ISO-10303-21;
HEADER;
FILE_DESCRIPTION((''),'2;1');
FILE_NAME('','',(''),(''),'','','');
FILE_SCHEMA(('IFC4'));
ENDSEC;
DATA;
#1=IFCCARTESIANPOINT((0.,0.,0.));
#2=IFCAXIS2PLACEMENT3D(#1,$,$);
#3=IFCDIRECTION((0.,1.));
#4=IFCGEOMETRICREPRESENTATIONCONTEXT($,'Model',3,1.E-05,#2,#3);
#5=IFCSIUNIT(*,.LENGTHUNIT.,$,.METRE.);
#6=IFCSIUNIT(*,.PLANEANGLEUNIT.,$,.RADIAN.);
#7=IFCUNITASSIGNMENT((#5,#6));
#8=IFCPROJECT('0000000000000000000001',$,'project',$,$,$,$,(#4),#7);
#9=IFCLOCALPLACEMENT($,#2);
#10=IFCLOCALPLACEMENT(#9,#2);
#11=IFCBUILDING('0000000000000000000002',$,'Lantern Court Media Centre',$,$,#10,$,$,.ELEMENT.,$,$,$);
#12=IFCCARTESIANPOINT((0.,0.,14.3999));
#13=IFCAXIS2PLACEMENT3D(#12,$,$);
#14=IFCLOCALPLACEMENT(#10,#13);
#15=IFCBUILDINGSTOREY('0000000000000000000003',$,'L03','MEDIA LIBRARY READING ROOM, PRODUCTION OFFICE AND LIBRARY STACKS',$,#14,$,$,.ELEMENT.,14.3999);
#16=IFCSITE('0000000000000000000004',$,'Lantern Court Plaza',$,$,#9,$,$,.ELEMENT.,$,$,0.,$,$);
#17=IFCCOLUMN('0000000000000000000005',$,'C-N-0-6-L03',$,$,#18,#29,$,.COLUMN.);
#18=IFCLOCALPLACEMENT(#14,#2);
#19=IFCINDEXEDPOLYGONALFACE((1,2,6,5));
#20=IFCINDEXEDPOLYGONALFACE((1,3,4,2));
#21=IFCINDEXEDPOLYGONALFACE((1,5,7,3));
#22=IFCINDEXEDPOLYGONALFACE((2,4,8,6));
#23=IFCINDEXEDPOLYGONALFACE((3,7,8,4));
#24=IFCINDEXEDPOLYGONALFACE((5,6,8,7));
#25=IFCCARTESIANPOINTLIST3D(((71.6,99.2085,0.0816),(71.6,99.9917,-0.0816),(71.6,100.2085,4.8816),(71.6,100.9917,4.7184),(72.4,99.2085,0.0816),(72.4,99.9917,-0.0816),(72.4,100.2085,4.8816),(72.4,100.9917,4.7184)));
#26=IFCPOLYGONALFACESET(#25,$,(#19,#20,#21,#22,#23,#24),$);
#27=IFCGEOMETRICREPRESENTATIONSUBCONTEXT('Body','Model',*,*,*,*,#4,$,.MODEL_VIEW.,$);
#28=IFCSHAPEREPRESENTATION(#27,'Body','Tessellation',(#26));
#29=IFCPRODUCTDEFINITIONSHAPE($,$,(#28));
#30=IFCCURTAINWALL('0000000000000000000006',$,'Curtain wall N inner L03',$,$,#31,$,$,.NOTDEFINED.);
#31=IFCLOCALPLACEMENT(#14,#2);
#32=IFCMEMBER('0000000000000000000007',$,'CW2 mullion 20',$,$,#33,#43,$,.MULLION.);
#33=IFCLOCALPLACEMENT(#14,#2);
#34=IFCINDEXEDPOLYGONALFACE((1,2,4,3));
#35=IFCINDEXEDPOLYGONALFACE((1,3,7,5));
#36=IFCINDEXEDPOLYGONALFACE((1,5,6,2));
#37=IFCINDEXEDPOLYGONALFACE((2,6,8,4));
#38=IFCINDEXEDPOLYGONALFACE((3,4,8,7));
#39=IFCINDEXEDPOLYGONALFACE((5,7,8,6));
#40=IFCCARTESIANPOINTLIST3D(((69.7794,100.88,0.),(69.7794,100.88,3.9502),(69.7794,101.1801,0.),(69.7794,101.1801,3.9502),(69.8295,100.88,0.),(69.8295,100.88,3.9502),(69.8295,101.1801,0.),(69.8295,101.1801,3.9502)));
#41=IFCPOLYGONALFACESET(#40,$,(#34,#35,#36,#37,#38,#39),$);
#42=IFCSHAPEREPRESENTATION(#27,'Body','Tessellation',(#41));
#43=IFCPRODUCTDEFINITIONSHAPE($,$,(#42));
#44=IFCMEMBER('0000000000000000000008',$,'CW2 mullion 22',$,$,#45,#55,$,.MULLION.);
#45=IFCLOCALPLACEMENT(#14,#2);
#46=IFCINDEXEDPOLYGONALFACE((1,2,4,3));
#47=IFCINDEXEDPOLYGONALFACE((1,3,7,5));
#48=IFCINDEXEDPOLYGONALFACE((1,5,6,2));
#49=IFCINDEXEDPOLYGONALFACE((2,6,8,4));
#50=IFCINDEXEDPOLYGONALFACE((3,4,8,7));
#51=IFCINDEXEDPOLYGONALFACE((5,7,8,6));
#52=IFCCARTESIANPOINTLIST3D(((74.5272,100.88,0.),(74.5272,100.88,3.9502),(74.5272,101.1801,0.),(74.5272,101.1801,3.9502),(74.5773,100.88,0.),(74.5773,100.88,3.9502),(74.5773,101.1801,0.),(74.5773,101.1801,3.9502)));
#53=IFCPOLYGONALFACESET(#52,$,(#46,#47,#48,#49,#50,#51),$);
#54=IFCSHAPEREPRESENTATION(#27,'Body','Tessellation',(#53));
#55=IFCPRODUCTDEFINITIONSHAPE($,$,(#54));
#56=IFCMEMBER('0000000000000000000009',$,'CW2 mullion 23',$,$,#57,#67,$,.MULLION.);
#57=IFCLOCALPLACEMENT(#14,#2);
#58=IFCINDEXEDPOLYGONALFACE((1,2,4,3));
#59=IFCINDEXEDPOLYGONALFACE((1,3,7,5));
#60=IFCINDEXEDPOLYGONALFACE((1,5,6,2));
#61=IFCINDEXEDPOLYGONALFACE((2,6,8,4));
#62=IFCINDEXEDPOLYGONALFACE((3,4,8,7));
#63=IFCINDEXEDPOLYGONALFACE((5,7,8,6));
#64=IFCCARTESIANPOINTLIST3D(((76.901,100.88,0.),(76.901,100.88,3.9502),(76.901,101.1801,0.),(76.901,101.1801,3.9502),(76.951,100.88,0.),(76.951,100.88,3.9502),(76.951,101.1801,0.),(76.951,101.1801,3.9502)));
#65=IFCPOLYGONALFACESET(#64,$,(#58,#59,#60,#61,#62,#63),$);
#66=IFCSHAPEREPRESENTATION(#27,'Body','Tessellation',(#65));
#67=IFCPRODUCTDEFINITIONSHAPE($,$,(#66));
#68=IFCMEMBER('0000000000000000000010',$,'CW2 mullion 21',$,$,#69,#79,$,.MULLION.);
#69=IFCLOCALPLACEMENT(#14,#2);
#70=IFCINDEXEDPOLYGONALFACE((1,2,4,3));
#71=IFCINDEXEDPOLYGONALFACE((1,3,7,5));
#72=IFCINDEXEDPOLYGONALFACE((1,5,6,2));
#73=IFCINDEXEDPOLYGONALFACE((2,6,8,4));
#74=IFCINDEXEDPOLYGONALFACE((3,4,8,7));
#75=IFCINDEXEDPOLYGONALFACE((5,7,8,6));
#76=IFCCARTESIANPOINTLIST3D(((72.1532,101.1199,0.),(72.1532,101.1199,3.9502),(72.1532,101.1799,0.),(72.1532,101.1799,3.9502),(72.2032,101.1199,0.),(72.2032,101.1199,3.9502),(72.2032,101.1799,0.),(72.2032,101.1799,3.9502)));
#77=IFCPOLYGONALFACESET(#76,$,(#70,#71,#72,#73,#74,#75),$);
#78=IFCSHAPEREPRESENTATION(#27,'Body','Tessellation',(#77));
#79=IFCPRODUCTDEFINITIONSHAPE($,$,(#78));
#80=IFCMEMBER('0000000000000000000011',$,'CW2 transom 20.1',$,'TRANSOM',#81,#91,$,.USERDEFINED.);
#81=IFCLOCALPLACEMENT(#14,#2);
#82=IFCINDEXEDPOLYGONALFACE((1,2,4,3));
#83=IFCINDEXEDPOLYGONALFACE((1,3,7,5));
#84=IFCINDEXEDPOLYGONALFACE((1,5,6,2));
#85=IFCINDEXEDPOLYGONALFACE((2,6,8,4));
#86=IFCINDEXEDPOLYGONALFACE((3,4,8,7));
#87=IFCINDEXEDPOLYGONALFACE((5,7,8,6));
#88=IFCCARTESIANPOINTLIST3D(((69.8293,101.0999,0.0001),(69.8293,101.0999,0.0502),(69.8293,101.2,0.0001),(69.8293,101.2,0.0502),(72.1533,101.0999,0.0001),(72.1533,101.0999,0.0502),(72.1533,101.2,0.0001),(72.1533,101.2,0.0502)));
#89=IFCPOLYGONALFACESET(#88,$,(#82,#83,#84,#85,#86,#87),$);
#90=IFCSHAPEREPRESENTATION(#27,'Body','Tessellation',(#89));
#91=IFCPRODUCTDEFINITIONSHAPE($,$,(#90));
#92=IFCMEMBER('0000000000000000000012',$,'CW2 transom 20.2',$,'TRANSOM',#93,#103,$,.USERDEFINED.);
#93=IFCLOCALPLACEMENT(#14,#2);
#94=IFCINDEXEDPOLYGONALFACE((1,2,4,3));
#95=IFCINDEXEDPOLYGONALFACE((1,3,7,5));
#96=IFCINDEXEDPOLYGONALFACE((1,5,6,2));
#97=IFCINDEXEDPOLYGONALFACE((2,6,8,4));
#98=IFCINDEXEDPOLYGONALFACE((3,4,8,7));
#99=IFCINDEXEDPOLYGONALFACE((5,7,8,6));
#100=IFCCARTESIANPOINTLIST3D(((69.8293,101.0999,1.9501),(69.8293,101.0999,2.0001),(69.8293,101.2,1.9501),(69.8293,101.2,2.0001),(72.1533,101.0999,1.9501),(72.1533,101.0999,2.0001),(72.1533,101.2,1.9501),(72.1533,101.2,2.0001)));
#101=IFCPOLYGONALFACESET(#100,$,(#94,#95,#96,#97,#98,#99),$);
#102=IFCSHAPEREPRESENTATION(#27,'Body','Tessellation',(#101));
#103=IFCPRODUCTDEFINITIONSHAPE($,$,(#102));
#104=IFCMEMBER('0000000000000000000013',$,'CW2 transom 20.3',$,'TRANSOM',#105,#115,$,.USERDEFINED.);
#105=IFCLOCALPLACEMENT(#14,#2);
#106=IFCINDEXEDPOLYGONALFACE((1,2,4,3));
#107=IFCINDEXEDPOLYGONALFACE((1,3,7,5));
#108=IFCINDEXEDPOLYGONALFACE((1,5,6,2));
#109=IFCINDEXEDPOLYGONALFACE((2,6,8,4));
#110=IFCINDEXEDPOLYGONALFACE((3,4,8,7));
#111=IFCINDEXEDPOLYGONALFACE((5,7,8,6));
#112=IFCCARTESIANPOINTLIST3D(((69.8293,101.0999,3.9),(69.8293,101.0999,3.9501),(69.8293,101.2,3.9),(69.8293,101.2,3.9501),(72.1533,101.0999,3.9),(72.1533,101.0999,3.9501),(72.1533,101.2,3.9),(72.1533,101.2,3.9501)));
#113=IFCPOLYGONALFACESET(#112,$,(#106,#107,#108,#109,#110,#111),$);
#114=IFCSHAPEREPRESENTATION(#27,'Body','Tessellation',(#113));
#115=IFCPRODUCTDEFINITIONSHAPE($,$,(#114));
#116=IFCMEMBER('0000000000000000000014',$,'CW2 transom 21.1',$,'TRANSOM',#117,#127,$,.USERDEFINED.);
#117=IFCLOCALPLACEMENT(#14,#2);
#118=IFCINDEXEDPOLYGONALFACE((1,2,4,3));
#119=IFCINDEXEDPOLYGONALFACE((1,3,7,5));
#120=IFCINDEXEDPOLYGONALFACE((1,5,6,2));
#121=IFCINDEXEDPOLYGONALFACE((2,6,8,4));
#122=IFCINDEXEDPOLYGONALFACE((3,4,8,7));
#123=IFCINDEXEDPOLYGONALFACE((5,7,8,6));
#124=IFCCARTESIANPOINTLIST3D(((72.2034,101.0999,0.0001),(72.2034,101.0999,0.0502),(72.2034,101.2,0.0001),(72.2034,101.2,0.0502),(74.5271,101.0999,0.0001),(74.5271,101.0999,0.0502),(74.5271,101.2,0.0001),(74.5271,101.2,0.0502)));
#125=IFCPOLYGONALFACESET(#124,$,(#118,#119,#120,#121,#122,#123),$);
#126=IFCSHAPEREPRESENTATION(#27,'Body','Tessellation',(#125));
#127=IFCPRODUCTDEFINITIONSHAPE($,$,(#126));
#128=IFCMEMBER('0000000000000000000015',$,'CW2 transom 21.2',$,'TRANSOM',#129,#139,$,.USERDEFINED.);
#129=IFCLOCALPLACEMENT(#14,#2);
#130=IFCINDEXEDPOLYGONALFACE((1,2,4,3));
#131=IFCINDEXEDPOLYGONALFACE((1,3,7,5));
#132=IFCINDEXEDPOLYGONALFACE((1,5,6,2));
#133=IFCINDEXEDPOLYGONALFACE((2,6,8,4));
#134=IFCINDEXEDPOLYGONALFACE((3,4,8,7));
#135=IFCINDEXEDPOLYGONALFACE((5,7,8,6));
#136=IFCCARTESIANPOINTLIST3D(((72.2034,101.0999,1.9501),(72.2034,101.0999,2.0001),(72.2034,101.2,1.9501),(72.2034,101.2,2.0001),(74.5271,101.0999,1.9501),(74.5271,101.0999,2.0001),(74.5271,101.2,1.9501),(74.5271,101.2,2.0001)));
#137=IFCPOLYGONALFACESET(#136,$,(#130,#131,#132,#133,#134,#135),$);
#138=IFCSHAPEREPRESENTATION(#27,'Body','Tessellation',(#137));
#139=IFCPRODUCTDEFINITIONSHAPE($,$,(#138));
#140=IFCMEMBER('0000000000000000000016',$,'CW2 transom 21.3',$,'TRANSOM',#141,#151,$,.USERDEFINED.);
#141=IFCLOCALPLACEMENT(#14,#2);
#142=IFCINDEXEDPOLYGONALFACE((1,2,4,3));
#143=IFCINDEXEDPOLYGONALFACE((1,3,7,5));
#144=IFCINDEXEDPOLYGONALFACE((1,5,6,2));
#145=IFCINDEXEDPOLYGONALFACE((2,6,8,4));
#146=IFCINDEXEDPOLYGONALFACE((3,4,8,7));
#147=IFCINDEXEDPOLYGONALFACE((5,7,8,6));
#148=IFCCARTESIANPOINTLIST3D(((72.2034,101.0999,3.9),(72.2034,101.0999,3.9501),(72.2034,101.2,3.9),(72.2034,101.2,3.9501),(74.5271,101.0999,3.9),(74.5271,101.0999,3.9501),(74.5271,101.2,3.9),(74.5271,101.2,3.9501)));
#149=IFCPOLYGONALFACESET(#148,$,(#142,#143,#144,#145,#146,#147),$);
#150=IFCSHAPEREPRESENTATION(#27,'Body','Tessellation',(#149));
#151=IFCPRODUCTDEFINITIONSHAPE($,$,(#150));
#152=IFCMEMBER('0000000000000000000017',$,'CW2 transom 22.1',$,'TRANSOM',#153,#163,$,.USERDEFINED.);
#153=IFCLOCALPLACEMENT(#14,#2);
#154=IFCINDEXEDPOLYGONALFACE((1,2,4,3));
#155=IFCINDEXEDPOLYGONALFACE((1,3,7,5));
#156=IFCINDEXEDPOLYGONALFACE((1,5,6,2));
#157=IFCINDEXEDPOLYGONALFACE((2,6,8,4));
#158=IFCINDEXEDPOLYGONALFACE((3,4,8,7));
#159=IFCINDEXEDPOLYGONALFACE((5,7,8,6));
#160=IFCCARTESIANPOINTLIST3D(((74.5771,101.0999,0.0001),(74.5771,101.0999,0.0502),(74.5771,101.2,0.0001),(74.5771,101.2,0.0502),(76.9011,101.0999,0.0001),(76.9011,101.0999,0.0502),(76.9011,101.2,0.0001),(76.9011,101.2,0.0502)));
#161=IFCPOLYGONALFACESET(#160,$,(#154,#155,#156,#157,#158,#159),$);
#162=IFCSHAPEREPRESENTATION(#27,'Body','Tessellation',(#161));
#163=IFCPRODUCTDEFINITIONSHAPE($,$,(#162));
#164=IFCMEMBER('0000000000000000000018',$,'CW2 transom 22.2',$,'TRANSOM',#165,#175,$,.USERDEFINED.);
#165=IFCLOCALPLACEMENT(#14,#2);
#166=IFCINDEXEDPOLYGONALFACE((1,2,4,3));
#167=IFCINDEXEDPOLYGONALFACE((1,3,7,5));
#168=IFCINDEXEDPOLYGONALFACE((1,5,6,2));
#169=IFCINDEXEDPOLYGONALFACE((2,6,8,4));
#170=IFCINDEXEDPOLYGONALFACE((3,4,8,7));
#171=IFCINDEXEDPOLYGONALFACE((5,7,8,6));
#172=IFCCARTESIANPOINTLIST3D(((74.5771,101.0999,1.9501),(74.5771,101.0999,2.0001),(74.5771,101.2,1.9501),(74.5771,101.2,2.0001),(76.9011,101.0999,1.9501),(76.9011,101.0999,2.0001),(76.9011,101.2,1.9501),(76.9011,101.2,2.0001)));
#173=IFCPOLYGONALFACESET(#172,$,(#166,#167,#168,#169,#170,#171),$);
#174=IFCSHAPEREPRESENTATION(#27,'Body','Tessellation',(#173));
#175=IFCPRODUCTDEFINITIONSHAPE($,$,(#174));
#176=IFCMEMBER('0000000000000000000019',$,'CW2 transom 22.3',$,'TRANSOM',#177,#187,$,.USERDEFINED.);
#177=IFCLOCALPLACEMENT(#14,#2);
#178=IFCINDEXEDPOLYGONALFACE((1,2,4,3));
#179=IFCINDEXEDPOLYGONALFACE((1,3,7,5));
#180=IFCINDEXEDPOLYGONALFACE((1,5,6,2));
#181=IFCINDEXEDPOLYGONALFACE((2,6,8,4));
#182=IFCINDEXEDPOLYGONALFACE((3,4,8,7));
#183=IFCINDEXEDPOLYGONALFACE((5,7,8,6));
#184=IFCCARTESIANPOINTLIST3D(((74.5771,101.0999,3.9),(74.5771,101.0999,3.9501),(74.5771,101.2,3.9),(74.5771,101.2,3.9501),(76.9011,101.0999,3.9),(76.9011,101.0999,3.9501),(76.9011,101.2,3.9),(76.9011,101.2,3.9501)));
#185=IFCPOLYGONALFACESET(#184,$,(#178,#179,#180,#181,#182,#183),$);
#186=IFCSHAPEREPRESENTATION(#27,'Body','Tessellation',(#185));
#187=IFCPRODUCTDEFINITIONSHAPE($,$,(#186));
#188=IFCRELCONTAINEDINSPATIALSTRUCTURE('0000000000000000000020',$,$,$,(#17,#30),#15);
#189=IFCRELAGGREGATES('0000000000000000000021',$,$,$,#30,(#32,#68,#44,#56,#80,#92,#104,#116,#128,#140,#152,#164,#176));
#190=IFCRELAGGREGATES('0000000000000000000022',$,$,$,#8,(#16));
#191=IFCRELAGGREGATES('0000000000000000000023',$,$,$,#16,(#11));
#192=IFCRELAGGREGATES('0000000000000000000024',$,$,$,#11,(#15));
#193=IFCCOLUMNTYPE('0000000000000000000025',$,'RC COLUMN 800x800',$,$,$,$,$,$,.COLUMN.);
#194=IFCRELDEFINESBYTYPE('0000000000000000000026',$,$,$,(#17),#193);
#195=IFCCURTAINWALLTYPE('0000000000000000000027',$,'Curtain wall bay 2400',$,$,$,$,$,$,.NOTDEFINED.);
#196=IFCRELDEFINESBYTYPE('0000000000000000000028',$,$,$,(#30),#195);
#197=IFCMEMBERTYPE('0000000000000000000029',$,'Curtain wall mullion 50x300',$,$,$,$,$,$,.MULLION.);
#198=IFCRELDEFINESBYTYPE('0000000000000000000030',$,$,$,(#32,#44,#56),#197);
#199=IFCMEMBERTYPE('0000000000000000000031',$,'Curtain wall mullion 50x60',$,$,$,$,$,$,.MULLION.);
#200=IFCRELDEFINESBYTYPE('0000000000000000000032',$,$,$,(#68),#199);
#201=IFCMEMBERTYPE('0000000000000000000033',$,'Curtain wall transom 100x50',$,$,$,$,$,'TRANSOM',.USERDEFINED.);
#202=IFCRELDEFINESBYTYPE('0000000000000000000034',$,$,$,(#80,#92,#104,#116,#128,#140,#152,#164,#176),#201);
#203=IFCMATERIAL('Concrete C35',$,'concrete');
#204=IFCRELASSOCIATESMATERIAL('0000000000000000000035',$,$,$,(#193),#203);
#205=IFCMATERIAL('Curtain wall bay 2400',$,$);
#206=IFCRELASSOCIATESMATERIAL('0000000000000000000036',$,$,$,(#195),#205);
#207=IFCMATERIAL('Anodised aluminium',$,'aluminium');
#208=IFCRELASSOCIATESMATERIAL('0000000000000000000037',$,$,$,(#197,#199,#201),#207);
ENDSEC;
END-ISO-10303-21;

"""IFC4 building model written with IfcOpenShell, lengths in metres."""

from ifc_helpers import new_model, si_unit, direction, frame, origin, origin_2d, place, context, subcontext, project, spatial, rectangle, extrude, material, material_profile, profile_set, type_object, element, aggregate, save


model = new_model("IFC4")

# Units and contexts
model_context = context("Model", 3, precision=1e-05, world=origin(), true_north=direction((0.0, 1.0)))
body_context = subcontext(model_context, "Body", "Model", "MODEL_VIEW")
ifc_project = project(units=[si_unit("LENGTHUNIT", "METRE"), si_unit("PLANEANGLEUNIT", "RADIAN")], contexts=[model_context])

# Site, building, storey
site_placement = place(None, origin())
site = spatial("IfcSite", under=ifc_project, at=site_placement, Name="Lantern Court Plaza", CompositionType="ELEMENT", RefElevation=0.0)
building_placement = place(site_placement, origin())
building = spatial("IfcBuilding", under=site, at=building_placement, Name="Lantern Court Media Centre", CompositionType="ELEMENT")
storey_placement = place(building_placement, frame((0.0, 0.0, 14.3999)))
storey = spatial("IfcBuildingStorey", under=building, at=storey_placement, Name="L03", Description="MEDIA LIBRARY READING ROOM, PRODUCTION OFFICE AND LIBRARY STACKS", CompositionType="ELEMENT", Elevation=14.3999)

# Column
ifc_material_1 = material(Name="Concrete C35", Category="concrete")
ifc_material_profile_1 = material_profile(ifc_material_1, rectangle(XDim=0.8, YDim=0.8, at=origin_2d()), Name="RC 800x800")
ifc_profile_set_1 = profile_set([ifc_material_profile_1], Name="Concrete C35")
column_type = type_object("IfcColumnType", Name="RC COLUMN 800x800", PredefinedType="COLUMN", material=ifc_profile_set_1)
column_placement = place(storey_placement, frame((72.0, 99.6001, 0.0), z_axis=(0.0, 0.203952, 0.978981), x_axis=(-1.0, 0.0, 0.0)))
element("IfcColumn", 1, at=column_placement, inside=storey, type_object=column_type, Name="C-N-0-6-L03", PredefinedType="COLUMN", context=body_context, shape_type="SweptSolid", body=[
    extrude(rectangle(XDim=0.8, YDim=0.8, at=origin_2d()), origin(), (0.0, 0.0, 1.0), 4.9031),
])

# Curtain wall, members
ifc_material_2 = material(Name="Curtain wall bay 2400")
curtain_wall_type = type_object("IfcCurtainWallType", Name="Curtain wall bay 2400", PredefinedType="NOTDEFINED", material=ifc_material_2)
curtain_wall_placement = place(storey_placement, origin())
curtain_wall = element("IfcCurtainWall", 2, at=curtain_wall_placement, inside=storey, type_object=curtain_wall_type, Name="Curtain wall N inner L03", PredefinedType="NOTDEFINED")
ifc_material_3 = material(Name="Anodised aluminium", Category="aluminium")
ifc_material_profile_2 = material_profile(ifc_material_3, rectangle(XDim=0.3, YDim=0.05, at=origin_2d()), Name="AL 50x300")
ifc_profile_set_2 = profile_set([ifc_material_profile_2], Name="Anodised aluminium")
member_type_1 = type_object("IfcMemberType", Name="Curtain wall mullion 50x300", PredefinedType="MULLION", material=ifc_profile_set_2)
member_1_placement = place(storey_placement, frame((69.8044, 101.03, 0.0), z_axis=(0.0, 0.0, 1.0), x_axis=(0.0, 1.0, 0.0)))
member_1 = element("IfcMember", 3, at=member_1_placement, type_object=member_type_1, Name="CW2 mullion 20", PredefinedType="MULLION", context=body_context, shape_type="SweptSolid", body=[
    extrude(rectangle(XDim=0.3, YDim=0.05, at=origin_2d()), origin(), (0.0, 0.0, 1.0), 3.9502),
])
member_2_placement = place(storey_placement, frame((74.5522, 101.03, 0.0), z_axis=(0.0, 0.0, 1.0), x_axis=(0.0, 1.0, 0.0)))
member_2 = element("IfcMember", 4, at=member_2_placement, type_object=member_type_1, Name="CW2 mullion 22", PredefinedType="MULLION", context=body_context, shape_type="SweptSolid", body=[
    extrude(rectangle(XDim=0.3, YDim=0.05, at=origin_2d()), origin(), (0.0, 0.0, 1.0), 3.9502),
])
member_3_placement = place(storey_placement, frame((76.926, 101.03, 0.0), z_axis=(0.0, 0.0, 1.0), x_axis=(0.0, 1.0, 0.0)))
member_3 = element("IfcMember", 5, at=member_3_placement, type_object=member_type_1, Name="CW2 mullion 23", PredefinedType="MULLION", context=body_context, shape_type="SweptSolid", body=[
    extrude(rectangle(XDim=0.3, YDim=0.05, at=origin_2d()), origin(), (0.0, 0.0, 1.0), 3.9502),
])
ifc_material_profile_3 = material_profile(ifc_material_3, rectangle(XDim=0.0601, YDim=0.05, at=origin_2d()), Name="AL 50x60")
ifc_profile_set_3 = profile_set([ifc_material_profile_3], Name="Anodised aluminium")
member_type_2 = type_object("IfcMemberType", Name="Curtain wall mullion 50x60", PredefinedType="MULLION", material=ifc_profile_set_3)
member_4_placement = place(storey_placement, frame((72.1782, 101.1499, 0.0), z_axis=(0.0, 0.0, 1.0), x_axis=(0.0, 1.0, 0.0)))
member_4 = element("IfcMember", 6, at=member_4_placement, type_object=member_type_2, Name="CW2 mullion 21", PredefinedType="MULLION", context=body_context, shape_type="SweptSolid", body=[
    extrude(rectangle(XDim=0.0601, YDim=0.05, at=origin_2d()), origin(), (0.0, 0.0, 1.0), 3.9502),
])
ifc_material_profile_4 = material_profile(ifc_material_3, rectangle(XDim=0.1001, YDim=0.05, at=origin_2d()), Name="AL 50x100")
ifc_profile_set_4 = profile_set([ifc_material_profile_4], Name="Anodised aluminium")
member_type_3 = type_object("IfcMemberType", Name="Curtain wall transom 100x50", ElementType="TRANSOM", PredefinedType="USERDEFINED", material=ifc_profile_set_4)
member_5_placement = place(storey_placement, frame((69.8293, 101.1499, 0.0251), z_axis=(1.0, 0.0, 0.0), x_axis=(0.0, 1.0, 0.0)))
member_5 = element("IfcMember", 7, at=member_5_placement, type_object=member_type_3, Name="CW2 transom 20.1", ObjectType="TRANSOM", PredefinedType="USERDEFINED", context=body_context, shape_type="SweptSolid", body=[
    extrude(rectangle(XDim=0.1001, YDim=0.05, at=origin_2d()), origin(), (0.0, 0.0, 1.0), 2.324),
])
member_6_placement = place(storey_placement, frame((69.8293, 101.1499, 1.9751), z_axis=(1.0, 0.0, 0.0), x_axis=(0.0, 1.0, 0.0)))
member_6 = element("IfcMember", 8, at=member_6_placement, type_object=member_type_3, Name="CW2 transom 20.2", ObjectType="TRANSOM", PredefinedType="USERDEFINED", context=body_context, shape_type="SweptSolid", body=[
    extrude(rectangle(XDim=0.1001, YDim=0.05, at=origin_2d()), origin(), (0.0, 0.0, 1.0), 2.324),
])
member_7_placement = place(storey_placement, frame((69.8293, 101.1499, 3.925), z_axis=(1.0, 0.0, 0.0), x_axis=(0.0, 1.0, 0.0)))
member_7 = element("IfcMember", 9, at=member_7_placement, type_object=member_type_3, Name="CW2 transom 20.3", ObjectType="TRANSOM", PredefinedType="USERDEFINED", context=body_context, shape_type="SweptSolid", body=[
    extrude(rectangle(XDim=0.1001, YDim=0.05, at=origin_2d()), origin(), (0.0, 0.0, 1.0), 2.324),
])
member_8_placement = place(storey_placement, frame((72.2034, 101.1499, 0.0251), z_axis=(1.0, 0.0, 0.0), x_axis=(0.0, 1.0, 0.0)))
member_8 = element("IfcMember", 10, at=member_8_placement, type_object=member_type_3, Name="CW2 transom 21.1", ObjectType="TRANSOM", PredefinedType="USERDEFINED", context=body_context, shape_type="SweptSolid", body=[
    extrude(rectangle(XDim=0.1001, YDim=0.05, at=origin_2d()), origin(), (0.0, 0.0, 1.0), 2.3237),
])
member_9_placement = place(storey_placement, frame((72.2034, 101.1499, 1.9751), z_axis=(1.0, 0.0, 0.0), x_axis=(0.0, 1.0, 0.0)))
member_9 = element("IfcMember", 11, at=member_9_placement, type_object=member_type_3, Name="CW2 transom 21.2", ObjectType="TRANSOM", PredefinedType="USERDEFINED", context=body_context, shape_type="SweptSolid", body=[
    extrude(rectangle(XDim=0.1001, YDim=0.05, at=origin_2d()), origin(), (0.0, 0.0, 1.0), 2.3237),
])
member_10_placement = place(storey_placement, frame((72.2034, 101.1499, 3.925), z_axis=(1.0, 0.0, 0.0), x_axis=(0.0, 1.0, 0.0)))
member_10 = element("IfcMember", 12, at=member_10_placement, type_object=member_type_3, Name="CW2 transom 21.3", ObjectType="TRANSOM", PredefinedType="USERDEFINED", context=body_context, shape_type="SweptSolid", body=[
    extrude(rectangle(XDim=0.1001, YDim=0.05, at=origin_2d()), origin(), (0.0, 0.0, 1.0), 2.3237),
])
member_11_placement = place(storey_placement, frame((74.5771, 101.1499, 0.0251), z_axis=(1.0, 0.0, 0.0), x_axis=(0.0, 1.0, 0.0)))
member_11 = element("IfcMember", 13, at=member_11_placement, type_object=member_type_3, Name="CW2 transom 22.1", ObjectType="TRANSOM", PredefinedType="USERDEFINED", context=body_context, shape_type="SweptSolid", body=[
    extrude(rectangle(XDim=0.1001, YDim=0.05, at=origin_2d()), origin(), (0.0, 0.0, 1.0), 2.324),
])
member_12_placement = place(storey_placement, frame((74.5771, 101.1499, 1.9751), z_axis=(1.0, 0.0, 0.0), x_axis=(0.0, 1.0, 0.0)))
member_12 = element("IfcMember", 14, at=member_12_placement, type_object=member_type_3, Name="CW2 transom 22.2", ObjectType="TRANSOM", PredefinedType="USERDEFINED", context=body_context, shape_type="SweptSolid", body=[
    extrude(rectangle(XDim=0.1001, YDim=0.05, at=origin_2d()), origin(), (0.0, 0.0, 1.0), 2.324),
])
member_13_placement = place(storey_placement, frame((74.5771, 101.1499, 3.925), z_axis=(1.0, 0.0, 0.0), x_axis=(0.0, 1.0, 0.0)))
member_13 = element("IfcMember", 15, at=member_13_placement, type_object=member_type_3, Name="CW2 transom 22.3", ObjectType="TRANSOM", PredefinedType="USERDEFINED", context=body_context, shape_type="SweptSolid", body=[
    extrude(rectangle(XDim=0.1001, YDim=0.05, at=origin_2d()), origin(), (0.0, 0.0, 1.0), 2.324),
])

aggregate(curtain_wall, [member_1, member_4, member_2, member_3, member_5, member_6, member_7, member_8, member_9, member_10, member_11, member_12, member_13])

save(model, "model.ifc")
